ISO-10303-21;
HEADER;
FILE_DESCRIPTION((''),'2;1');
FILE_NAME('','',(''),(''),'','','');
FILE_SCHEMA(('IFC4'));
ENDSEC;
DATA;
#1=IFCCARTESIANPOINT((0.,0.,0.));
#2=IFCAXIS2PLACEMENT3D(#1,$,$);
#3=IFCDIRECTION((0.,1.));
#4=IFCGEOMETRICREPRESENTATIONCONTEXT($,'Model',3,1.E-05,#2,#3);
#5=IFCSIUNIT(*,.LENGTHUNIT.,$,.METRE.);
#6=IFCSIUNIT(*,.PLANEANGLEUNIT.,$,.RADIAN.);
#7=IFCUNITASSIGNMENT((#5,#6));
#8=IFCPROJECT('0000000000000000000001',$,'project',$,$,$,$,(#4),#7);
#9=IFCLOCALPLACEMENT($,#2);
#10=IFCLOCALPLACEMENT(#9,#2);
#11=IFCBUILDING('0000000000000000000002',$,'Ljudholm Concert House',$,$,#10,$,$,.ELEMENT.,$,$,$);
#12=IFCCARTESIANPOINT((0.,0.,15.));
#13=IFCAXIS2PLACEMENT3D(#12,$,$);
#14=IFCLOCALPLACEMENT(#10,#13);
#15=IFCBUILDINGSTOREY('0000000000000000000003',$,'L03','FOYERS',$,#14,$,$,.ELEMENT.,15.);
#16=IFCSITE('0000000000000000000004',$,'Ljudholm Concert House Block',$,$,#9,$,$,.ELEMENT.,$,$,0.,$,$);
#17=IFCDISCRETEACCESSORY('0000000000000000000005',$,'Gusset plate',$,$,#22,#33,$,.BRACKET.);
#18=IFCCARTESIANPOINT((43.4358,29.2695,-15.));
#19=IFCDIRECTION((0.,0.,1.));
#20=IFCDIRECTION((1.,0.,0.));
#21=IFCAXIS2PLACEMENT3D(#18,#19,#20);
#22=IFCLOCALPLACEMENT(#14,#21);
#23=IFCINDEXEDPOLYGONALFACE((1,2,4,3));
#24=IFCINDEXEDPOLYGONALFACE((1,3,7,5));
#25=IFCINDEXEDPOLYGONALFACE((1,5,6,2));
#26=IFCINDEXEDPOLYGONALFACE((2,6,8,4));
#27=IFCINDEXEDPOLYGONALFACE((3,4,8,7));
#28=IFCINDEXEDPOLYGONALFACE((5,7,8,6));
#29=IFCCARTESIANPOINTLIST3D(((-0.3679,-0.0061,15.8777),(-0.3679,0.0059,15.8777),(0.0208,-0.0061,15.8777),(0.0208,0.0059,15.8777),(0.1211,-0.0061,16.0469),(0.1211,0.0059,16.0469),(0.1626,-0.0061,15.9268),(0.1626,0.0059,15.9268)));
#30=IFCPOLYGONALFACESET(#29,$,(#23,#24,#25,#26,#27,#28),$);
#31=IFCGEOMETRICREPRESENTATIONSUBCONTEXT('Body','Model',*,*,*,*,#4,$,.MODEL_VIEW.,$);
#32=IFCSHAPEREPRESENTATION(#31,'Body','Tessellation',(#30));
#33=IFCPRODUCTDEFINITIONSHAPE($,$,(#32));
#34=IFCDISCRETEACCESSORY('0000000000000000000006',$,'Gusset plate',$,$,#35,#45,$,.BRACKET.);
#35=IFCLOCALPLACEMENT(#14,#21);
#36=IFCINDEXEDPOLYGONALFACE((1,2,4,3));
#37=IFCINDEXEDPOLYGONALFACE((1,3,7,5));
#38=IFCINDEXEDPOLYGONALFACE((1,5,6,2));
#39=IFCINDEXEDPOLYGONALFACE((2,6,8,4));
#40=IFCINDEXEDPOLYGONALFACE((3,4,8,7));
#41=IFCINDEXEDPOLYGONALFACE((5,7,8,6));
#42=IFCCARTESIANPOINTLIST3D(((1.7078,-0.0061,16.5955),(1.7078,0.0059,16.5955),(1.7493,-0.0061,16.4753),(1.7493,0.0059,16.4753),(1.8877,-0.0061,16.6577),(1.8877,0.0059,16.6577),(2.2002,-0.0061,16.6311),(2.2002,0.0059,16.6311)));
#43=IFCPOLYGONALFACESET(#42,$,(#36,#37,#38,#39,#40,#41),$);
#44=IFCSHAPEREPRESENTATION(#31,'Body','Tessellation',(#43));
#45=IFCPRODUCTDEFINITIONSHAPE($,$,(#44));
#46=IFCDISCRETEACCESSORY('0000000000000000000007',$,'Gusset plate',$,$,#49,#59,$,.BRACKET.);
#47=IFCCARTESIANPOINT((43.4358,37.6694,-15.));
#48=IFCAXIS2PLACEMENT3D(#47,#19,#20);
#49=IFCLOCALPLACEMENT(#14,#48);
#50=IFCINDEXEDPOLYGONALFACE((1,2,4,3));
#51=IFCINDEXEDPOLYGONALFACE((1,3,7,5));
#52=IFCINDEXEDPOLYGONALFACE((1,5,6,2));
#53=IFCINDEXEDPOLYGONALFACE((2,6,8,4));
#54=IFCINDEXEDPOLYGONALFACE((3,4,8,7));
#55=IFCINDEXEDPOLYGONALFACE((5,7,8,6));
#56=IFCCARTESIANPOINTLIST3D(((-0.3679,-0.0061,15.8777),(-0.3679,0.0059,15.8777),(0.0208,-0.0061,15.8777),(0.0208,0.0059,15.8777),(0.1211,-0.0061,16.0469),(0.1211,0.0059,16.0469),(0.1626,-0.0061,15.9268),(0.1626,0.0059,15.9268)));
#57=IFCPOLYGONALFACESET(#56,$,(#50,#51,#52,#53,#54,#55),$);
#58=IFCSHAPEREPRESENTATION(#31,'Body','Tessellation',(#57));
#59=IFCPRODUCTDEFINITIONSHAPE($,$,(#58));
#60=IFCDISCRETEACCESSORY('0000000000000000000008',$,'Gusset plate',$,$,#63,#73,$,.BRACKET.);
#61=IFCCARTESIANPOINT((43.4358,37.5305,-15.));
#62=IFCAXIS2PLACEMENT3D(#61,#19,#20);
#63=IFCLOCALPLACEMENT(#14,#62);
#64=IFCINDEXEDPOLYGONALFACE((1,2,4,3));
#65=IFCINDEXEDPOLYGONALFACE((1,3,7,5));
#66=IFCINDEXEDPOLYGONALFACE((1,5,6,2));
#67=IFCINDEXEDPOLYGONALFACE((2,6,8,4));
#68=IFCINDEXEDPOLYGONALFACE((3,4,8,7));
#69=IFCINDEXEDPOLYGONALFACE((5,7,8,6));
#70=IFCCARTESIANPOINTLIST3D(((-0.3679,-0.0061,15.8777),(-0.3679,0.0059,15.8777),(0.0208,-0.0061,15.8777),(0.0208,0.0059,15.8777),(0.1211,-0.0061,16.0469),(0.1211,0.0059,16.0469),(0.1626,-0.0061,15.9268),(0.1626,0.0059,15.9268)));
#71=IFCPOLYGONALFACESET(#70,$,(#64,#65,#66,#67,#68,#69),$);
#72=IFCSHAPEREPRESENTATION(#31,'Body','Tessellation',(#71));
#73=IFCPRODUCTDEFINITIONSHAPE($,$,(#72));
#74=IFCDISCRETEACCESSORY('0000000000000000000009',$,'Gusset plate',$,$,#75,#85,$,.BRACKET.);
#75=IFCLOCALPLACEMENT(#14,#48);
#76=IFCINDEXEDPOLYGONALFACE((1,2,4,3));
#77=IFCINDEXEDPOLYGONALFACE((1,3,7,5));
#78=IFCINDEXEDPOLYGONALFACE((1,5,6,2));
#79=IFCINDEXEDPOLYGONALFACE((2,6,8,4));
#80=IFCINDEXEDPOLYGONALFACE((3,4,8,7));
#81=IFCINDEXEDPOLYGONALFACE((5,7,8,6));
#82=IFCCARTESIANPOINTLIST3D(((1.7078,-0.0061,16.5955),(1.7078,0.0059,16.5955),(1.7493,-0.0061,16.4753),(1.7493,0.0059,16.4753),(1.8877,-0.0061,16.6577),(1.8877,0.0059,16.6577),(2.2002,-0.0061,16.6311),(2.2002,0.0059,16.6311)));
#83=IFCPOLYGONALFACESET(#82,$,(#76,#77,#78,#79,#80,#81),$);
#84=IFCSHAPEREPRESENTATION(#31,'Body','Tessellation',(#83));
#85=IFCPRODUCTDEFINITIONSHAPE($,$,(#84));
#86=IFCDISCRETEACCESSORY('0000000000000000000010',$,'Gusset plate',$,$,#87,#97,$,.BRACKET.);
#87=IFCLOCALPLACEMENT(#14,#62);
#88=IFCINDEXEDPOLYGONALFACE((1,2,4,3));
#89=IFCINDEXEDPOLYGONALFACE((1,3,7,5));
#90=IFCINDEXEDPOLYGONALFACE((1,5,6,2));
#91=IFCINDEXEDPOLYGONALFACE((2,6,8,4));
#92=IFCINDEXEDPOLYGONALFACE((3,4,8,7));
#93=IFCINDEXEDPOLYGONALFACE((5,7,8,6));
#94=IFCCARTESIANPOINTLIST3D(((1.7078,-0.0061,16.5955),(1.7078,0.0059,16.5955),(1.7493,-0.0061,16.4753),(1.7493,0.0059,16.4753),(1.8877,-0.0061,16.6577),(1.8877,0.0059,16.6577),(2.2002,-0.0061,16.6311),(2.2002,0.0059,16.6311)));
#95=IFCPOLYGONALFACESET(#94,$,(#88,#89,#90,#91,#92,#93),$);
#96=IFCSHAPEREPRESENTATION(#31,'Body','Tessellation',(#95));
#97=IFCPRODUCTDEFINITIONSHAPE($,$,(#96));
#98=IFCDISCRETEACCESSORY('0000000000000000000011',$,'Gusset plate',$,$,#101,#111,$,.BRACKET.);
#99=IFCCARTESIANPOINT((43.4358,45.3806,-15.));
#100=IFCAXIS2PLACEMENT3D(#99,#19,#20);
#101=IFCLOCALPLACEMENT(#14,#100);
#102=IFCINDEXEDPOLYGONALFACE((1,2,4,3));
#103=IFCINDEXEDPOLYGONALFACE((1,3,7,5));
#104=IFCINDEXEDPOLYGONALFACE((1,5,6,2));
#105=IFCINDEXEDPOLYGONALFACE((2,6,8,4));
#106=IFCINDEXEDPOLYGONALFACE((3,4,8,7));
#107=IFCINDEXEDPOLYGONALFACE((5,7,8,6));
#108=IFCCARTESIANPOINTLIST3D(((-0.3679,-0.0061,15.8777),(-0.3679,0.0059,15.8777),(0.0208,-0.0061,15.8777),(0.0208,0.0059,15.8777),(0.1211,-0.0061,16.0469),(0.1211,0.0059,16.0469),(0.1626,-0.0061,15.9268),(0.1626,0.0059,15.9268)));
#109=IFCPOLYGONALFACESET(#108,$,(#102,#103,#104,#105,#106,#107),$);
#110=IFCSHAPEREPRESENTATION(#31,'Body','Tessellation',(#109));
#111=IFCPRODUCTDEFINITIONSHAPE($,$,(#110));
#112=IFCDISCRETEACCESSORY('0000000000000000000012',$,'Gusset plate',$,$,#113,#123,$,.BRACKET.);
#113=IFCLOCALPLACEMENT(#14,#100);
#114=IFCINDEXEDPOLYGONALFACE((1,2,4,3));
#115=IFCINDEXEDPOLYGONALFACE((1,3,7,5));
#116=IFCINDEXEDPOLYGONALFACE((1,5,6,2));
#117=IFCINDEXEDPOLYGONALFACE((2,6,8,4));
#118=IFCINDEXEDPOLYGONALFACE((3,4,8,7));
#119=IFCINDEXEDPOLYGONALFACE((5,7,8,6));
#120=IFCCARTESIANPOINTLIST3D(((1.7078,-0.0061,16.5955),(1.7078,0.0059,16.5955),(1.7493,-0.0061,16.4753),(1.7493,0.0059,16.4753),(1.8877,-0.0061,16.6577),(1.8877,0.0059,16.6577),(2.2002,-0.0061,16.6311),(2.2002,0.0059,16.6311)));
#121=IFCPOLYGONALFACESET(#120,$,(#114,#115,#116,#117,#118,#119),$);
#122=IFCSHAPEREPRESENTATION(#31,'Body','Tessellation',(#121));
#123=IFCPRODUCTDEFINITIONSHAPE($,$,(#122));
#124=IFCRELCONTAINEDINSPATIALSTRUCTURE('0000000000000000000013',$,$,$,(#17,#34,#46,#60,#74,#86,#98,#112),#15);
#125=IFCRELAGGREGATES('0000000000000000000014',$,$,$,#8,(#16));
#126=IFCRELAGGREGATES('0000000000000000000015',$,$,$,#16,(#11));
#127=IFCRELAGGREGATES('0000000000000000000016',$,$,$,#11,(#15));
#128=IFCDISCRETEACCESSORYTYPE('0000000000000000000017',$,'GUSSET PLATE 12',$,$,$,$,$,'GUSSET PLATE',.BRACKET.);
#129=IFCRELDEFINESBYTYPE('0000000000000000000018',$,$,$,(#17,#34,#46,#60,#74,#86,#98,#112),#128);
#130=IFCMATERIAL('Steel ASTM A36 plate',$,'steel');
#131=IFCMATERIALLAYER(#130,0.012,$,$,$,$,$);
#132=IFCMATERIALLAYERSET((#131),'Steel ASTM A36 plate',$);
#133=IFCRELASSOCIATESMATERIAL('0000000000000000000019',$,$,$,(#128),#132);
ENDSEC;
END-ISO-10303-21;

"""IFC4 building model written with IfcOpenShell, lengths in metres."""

from ifc_helpers import new_model, si_unit, direction, frame, origin, place, context, subcontext, project, spatial, polyline, outline, extrude, material, layer, layer_set, type_object, element, save


model = new_model("IFC4")

# Units and contexts
model_context = context("Model", 3, precision=1e-05, world=origin(), true_north=direction((0.0, 1.0)))
body_context = subcontext(model_context, "Body", "Model", "MODEL_VIEW")
ifc_project = project(units=[si_unit("LENGTHUNIT", "METRE"), si_unit("PLANEANGLEUNIT", "RADIAN")], contexts=[model_context])

# Site, building, storey
site_placement = place(None, origin())
site = spatial("IfcSite", under=ifc_project, at=site_placement, Name="Ljudholm Concert House Block", CompositionType="ELEMENT", RefElevation=0.0)
building_placement = place(site_placement, origin())
building = spatial("IfcBuilding", under=site, at=building_placement, Name="Ljudholm Concert House", CompositionType="ELEMENT")
storey_placement = place(building_placement, frame((0.0, 0.0, 15.0)))
storey = spatial("IfcBuildingStorey", under=building, at=storey_placement, Name="L03", Description="FOYERS", CompositionType="ELEMENT", Elevation=15.0)

# Discrete accessories
ifc_material_1 = material(Name="Steel ASTM A36 plate", Category="steel")
ifc_layer_1 = layer(ifc_material_1, 0.012)
ifc_layer_set_1 = layer_set([ifc_layer_1], Name="Steel ASTM A36 plate")
discrete_accessory_type_1 = type_object("IfcDiscreteAccessoryType", Name="GUSSET PLATE 12", ElementType="GUSSET PLATE", PredefinedType="BRACKET", material=ifc_layer_set_1)
discrete_accessory_1_placement = place(storey_placement, frame((43.4358, 29.2695, -15.0), z_axis=(0.0, 0.0, 1.0), x_axis=(1.0, 0.0, 0.0)))
element("IfcDiscreteAccessory", 1, at=discrete_accessory_1_placement, inside=storey, type_object=discrete_accessory_type_1, Name="Gusset plate", PredefinedType="BRACKET", context=body_context, shape_type="SweptSolid", body=[
    extrude(outline(polyline([(0.1626, 15.9268), (0.0208, 15.8777), (-0.3679, 15.8777), (0.1211, 16.0469), (0.1626, 15.9268)])), frame((0.0, 0.0059, 0.0), z_axis=(0.0, -1.0, 0.0), x_axis=(1.0, 0.0, 0.0)), (0.0, 0.0, 1.0), 0.012),
])
discrete_accessory_2_placement = place(storey_placement, frame((43.4358, 29.2695, -15.0), z_axis=(0.0, 0.0, 1.0), x_axis=(1.0, 0.0, 0.0)))
element("IfcDiscreteAccessory", 2, at=discrete_accessory_2_placement, inside=storey, type_object=discrete_accessory_type_1, Name="Gusset plate", PredefinedType="BRACKET", context=body_context, shape_type="SweptSolid", body=[
    extrude(outline(polyline([(1.7078, 16.5955), (1.8877, 16.6577), (2.2002, 16.6311), (1.7493, 16.4753), (1.7078, 16.5955)])), frame((0.0, 0.0059, 0.0), z_axis=(0.0, -1.0, 0.0), x_axis=(1.0, 0.0, 0.0)), (0.0, 0.0, 1.0), 0.012),
])
for number, where, z_axis, x_axis, name in (
    (3, (43.4358, 37.6694, -15.0), (0.0, 0.0, 1.0), (1.0, 0.0, 0.0), "Gusset plate"),
    (4, (43.4358, 37.5305, -15.0), (0.0, 0.0, 1.0), (1.0, 0.0, 0.0), "Gusset plate"),
):
    element("IfcDiscreteAccessory", number, at=place(storey_placement, frame(where, z_axis=z_axis, x_axis=x_axis)), inside=storey, type_object=discrete_accessory_type_1, Name=name, PredefinedType="BRACKET", context=body_context, shape_type="SweptSolid", body=[
        extrude(outline(polyline([(0.1626, 15.9268), (0.0208, 15.8777), (-0.3679, 15.8777), (0.1211, 16.0469), (0.1626, 15.9268)])), frame((0.0, 0.0059, 0.0), z_axis=(0.0, -1.0, 0.0), x_axis=(1.0, 0.0, 0.0)), (0.0, 0.0, 1.0), 0.012),
    ])
for number, where, z_axis, x_axis, name in (
    (5, (43.4358, 37.6694, -15.0), (0.0, 0.0, 1.0), (1.0, 0.0, 0.0), "Gusset plate"),
    (6, (43.4358, 37.5305, -15.0), (0.0, 0.0, 1.0), (1.0, 0.0, 0.0), "Gusset plate"),
):
    element("IfcDiscreteAccessory", number, at=place(storey_placement, frame(where, z_axis=z_axis, x_axis=x_axis)), inside=storey, type_object=discrete_accessory_type_1, Name=name, PredefinedType="BRACKET", context=body_context, shape_type="SweptSolid", body=[
        extrude(outline(polyline([(1.7078, 16.5955), (1.8877, 16.6577), (2.2002, 16.6311), (1.7493, 16.4753), (1.7078, 16.5955)])), frame((0.0, 0.0059, 0.0), z_axis=(0.0, -1.0, 0.0), x_axis=(1.0, 0.0, 0.0)), (0.0, 0.0, 1.0), 0.012),
    ])
discrete_accessory_3_placement = place(storey_placement, frame((43.4358, 45.3806, -15.0), z_axis=(0.0, 0.0, 1.0), x_axis=(1.0, 0.0, 0.0)))
element("IfcDiscreteAccessory", 7, at=discrete_accessory_3_placement, inside=storey, type_object=discrete_accessory_type_1, Name="Gusset plate", PredefinedType="BRACKET", context=body_context, shape_type="SweptSolid", body=[
    extrude(outline(polyline([(0.1626, 15.9268), (0.0208, 15.8777), (-0.3679, 15.8777), (0.1211, 16.0469), (0.1626, 15.9268)])), frame((0.0, 0.0059, 0.0), z_axis=(0.0, -1.0, 0.0), x_axis=(1.0, 0.0, 0.0)), (0.0, 0.0, 1.0), 0.012),
])
discrete_accessory_4_placement = place(storey_placement, frame((43.4358, 45.3806, -15.0), z_axis=(0.0, 0.0, 1.0), x_axis=(1.0, 0.0, 0.0)))
element("IfcDiscreteAccessory", 8, at=discrete_accessory_4_placement, inside=storey, type_object=discrete_accessory_type_1, Name="Gusset plate", PredefinedType="BRACKET", context=body_context, shape_type="SweptSolid", body=[
    extrude(outline(polyline([(1.7078, 16.5955), (1.8877, 16.6577), (2.2002, 16.6311), (1.7493, 16.4753), (1.7078, 16.5955)])), frame((0.0, 0.0059, 0.0), z_axis=(0.0, -1.0, 0.0), x_axis=(1.0, 0.0, 0.0)), (0.0, 0.0, 1.0), 0.012),
])

save(model, "model.ifc")
